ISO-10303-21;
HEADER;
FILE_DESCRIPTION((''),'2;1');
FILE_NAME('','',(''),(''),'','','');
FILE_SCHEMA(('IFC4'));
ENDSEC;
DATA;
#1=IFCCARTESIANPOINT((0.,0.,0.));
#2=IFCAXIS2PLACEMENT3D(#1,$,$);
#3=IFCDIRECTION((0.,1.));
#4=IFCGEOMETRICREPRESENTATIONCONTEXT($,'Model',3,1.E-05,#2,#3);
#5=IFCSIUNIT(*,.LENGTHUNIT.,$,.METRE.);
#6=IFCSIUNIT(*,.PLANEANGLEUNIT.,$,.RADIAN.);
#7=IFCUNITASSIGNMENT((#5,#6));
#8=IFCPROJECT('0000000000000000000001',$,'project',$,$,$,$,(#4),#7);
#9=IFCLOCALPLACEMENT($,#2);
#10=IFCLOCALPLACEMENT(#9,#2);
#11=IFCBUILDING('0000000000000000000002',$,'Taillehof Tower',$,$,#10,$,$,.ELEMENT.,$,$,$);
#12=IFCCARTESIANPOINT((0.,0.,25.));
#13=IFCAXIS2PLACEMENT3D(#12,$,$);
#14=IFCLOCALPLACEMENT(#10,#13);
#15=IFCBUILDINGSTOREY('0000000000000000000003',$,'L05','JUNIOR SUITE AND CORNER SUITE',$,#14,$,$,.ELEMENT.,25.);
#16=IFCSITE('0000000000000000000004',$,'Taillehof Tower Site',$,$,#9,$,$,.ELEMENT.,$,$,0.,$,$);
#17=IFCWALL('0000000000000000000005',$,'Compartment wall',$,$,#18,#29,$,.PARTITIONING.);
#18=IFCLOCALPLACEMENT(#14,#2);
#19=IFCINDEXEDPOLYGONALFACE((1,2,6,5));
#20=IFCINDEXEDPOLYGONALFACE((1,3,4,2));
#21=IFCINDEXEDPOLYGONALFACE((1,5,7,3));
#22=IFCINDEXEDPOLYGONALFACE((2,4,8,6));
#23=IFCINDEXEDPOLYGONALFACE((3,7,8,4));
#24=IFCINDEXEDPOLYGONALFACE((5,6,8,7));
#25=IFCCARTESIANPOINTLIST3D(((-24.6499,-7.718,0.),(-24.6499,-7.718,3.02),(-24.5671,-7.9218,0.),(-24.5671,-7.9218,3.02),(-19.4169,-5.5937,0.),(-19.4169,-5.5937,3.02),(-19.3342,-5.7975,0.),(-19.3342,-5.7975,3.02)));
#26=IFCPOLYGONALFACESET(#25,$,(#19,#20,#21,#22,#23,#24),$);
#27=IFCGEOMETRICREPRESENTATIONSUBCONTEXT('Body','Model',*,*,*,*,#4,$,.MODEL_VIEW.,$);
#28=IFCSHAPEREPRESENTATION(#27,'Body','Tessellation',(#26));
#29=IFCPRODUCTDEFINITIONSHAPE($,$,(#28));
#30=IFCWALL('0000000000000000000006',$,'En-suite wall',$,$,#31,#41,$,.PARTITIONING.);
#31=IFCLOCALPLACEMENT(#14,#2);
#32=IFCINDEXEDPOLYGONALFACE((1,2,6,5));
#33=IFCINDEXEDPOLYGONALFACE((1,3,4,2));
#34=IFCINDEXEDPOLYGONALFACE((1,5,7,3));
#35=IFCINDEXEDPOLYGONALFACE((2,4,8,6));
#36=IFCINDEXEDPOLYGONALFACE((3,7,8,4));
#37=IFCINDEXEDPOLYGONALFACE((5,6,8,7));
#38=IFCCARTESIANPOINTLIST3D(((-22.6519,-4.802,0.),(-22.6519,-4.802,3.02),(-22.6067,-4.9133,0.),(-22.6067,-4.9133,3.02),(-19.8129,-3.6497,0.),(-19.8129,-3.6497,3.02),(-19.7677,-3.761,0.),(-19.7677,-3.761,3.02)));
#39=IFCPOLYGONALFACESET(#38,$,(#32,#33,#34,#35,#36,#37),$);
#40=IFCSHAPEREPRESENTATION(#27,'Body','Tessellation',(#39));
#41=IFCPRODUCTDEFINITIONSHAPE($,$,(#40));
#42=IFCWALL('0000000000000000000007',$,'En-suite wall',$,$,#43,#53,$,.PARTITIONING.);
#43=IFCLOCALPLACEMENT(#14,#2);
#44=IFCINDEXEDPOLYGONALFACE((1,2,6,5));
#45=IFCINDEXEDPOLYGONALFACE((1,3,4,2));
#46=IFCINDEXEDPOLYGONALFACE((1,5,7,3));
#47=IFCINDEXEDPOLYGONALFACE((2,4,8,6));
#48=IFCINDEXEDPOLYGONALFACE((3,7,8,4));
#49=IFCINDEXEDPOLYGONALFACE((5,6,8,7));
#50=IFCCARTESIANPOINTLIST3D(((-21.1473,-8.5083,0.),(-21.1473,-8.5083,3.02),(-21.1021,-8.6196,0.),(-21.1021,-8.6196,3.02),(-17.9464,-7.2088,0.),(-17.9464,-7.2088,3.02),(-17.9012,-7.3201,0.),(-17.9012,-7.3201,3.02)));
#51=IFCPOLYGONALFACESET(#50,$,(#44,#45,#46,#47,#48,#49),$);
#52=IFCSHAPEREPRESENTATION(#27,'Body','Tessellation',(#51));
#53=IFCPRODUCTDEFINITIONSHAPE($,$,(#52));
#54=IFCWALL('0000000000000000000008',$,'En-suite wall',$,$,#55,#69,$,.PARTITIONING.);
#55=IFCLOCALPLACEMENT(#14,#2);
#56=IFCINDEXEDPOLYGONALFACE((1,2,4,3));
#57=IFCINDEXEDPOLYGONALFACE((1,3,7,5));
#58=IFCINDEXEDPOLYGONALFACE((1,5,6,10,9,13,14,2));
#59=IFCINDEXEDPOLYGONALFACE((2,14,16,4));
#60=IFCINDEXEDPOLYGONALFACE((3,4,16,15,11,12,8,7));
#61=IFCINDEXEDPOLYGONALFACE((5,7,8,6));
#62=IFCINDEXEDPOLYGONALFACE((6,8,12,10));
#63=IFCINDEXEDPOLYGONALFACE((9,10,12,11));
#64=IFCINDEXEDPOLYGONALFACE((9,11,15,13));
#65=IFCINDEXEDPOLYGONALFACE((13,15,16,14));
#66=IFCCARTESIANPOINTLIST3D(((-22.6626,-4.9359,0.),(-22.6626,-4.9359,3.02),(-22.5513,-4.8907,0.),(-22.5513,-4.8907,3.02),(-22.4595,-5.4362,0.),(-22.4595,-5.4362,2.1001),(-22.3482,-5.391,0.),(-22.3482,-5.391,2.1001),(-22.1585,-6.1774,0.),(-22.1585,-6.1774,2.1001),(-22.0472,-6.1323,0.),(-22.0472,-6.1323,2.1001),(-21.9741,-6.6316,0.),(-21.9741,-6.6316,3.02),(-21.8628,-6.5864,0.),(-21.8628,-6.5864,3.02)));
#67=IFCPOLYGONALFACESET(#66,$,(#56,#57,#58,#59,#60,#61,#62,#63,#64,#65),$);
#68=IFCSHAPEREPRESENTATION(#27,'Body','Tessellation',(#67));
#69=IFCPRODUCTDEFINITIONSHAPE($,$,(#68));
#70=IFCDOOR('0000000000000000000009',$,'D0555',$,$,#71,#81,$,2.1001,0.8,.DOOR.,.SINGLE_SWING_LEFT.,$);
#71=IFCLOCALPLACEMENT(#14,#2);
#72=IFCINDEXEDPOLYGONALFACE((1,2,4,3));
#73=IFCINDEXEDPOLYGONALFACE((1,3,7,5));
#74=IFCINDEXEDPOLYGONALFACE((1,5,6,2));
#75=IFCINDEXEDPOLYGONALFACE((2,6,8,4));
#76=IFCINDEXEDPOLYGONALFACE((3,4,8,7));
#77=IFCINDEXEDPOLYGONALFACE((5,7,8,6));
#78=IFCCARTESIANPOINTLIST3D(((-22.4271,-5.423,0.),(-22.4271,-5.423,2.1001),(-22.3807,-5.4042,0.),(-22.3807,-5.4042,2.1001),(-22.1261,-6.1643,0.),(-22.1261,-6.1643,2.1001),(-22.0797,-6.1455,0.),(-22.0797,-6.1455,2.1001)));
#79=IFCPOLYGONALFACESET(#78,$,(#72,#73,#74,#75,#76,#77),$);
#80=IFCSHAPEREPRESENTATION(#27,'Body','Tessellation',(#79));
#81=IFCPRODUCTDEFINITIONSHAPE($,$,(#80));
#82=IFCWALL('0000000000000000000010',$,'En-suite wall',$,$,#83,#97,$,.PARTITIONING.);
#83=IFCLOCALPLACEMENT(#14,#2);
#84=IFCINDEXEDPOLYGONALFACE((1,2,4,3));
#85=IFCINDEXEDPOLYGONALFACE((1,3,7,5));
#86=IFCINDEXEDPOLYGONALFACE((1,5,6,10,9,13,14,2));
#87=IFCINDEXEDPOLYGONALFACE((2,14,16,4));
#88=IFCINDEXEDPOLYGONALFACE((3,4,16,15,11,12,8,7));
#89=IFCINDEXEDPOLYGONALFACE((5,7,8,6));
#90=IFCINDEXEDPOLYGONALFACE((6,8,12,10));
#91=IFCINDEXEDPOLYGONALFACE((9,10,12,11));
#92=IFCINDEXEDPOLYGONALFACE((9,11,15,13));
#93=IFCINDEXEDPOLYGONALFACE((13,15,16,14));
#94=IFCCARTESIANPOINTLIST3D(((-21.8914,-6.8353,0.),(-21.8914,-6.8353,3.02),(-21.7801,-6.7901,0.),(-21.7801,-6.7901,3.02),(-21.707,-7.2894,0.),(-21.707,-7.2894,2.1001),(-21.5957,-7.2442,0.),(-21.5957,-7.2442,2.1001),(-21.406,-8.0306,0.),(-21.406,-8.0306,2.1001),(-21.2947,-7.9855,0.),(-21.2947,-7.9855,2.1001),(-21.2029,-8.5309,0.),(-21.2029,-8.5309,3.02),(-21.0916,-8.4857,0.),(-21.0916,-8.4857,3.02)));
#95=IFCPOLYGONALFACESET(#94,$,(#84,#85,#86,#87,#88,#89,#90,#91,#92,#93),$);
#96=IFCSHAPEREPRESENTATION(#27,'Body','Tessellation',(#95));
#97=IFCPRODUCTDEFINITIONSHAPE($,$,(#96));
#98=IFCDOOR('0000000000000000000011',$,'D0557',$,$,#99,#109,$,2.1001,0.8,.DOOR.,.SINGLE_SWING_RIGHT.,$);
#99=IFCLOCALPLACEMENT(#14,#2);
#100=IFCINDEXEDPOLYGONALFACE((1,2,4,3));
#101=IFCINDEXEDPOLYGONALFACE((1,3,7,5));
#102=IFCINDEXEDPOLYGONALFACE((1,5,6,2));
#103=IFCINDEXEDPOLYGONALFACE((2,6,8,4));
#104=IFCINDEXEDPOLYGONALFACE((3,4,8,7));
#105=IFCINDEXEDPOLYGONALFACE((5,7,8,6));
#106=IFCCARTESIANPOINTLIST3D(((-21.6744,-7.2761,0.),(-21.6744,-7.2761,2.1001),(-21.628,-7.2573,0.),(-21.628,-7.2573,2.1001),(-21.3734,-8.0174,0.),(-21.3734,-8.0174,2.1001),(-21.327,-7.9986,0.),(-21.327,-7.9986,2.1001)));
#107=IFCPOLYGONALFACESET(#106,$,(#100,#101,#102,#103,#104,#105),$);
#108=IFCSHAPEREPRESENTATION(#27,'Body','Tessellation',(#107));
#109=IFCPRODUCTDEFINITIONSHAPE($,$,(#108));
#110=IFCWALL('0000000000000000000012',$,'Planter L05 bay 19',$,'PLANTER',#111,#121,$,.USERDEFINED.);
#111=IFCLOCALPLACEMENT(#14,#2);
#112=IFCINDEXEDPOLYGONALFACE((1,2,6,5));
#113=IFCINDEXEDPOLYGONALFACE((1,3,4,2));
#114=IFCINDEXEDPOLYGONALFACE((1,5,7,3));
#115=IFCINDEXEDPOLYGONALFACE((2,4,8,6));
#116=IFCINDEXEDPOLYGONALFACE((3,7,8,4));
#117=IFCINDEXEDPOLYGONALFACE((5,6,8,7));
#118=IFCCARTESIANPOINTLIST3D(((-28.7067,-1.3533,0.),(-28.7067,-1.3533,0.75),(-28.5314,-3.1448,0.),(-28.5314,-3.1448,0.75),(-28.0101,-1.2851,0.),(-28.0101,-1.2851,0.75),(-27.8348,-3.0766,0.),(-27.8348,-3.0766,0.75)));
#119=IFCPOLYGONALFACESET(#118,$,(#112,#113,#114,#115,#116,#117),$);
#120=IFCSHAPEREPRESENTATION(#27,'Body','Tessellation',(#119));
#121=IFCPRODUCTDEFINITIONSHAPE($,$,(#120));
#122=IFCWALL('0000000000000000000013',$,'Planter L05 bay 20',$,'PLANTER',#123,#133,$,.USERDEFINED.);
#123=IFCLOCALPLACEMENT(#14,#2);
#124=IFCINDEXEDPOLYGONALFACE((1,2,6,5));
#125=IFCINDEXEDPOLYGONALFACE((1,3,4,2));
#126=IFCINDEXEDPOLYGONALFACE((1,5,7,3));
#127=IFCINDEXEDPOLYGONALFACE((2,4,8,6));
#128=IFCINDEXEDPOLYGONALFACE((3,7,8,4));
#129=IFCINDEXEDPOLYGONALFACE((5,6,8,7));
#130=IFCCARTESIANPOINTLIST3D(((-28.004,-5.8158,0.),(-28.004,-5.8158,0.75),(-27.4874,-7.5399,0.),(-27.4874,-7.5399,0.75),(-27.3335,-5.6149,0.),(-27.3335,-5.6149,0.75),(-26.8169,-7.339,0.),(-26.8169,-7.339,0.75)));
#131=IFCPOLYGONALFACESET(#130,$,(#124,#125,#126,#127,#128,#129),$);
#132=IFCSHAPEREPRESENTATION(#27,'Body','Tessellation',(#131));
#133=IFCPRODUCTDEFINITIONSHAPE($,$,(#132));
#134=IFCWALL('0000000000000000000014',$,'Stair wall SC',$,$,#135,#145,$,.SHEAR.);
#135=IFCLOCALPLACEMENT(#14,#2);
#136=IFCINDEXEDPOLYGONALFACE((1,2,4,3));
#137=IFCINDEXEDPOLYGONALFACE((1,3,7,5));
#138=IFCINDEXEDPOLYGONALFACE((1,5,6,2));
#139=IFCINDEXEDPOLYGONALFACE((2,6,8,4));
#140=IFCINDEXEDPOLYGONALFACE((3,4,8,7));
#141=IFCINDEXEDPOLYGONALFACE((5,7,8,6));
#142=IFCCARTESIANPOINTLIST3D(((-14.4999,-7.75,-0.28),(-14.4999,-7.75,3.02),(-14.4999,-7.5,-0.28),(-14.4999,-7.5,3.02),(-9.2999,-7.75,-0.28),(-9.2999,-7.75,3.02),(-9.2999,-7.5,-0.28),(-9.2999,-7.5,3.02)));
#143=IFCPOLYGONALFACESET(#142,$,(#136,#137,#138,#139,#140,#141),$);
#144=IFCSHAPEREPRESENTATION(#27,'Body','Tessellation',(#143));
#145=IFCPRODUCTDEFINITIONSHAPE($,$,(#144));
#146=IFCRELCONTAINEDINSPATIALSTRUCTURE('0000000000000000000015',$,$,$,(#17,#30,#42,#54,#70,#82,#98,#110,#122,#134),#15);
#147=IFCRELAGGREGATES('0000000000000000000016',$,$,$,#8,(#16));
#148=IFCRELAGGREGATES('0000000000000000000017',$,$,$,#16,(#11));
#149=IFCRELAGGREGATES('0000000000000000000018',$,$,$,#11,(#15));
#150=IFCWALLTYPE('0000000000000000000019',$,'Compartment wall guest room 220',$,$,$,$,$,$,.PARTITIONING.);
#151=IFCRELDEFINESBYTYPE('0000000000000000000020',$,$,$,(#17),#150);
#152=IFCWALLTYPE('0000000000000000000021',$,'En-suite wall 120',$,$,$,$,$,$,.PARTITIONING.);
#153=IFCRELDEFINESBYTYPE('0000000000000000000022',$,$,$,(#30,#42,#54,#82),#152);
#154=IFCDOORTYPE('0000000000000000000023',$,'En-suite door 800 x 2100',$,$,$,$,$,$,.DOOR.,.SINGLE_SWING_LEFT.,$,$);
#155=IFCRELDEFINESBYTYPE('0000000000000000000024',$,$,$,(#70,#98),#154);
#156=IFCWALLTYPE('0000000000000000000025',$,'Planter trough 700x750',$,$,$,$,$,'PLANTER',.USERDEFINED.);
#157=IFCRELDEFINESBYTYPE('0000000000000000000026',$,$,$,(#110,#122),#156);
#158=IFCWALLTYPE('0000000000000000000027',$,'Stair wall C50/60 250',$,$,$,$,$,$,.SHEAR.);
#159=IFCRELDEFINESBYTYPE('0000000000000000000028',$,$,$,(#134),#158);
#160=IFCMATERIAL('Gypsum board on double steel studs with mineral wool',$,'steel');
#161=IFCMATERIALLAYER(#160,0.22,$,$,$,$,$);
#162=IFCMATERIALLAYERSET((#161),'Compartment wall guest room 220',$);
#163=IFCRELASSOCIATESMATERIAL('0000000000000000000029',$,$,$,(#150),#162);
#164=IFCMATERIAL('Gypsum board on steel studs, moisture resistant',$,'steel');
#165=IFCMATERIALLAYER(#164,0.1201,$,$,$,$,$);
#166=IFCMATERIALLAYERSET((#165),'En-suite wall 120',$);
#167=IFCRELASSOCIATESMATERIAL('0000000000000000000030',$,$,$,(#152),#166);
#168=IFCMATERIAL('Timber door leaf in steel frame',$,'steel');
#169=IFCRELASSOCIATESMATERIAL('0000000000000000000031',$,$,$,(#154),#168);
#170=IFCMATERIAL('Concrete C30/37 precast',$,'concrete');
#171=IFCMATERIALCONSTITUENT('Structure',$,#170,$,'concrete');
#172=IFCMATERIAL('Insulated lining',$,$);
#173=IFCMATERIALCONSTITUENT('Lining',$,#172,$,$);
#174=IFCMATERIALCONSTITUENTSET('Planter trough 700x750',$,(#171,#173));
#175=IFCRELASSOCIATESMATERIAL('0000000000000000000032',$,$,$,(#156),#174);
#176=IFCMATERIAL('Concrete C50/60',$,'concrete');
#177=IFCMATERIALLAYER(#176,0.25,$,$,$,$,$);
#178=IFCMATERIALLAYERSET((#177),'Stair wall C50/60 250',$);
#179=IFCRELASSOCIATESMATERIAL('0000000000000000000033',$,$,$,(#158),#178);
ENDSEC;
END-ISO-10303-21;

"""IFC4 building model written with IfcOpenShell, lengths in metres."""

from ifc_helpers import new_model, si_unit, direction, frame, frame_2d, origin, place, context, subcontext, project, spatial, rectangle, extrude, material, layer, layer_set, constituent, constituent_set, type_object, element, fill, save


model = new_model("IFC4")

# Units and contexts
model_context = context("Model", 3, precision=1e-05, world=origin(), true_north=direction((0.0, 1.0)))
body_context = subcontext(model_context, "Body", "Model", "MODEL_VIEW")
ifc_project = project(units=[si_unit("LENGTHUNIT", "METRE"), si_unit("PLANEANGLEUNIT", "RADIAN")], contexts=[model_context])

# Site, building, storey
site_placement = place(None, origin())
site = spatial("IfcSite", under=ifc_project, at=site_placement, Name="Taillehof Tower Site", CompositionType="ELEMENT", RefElevation=0.0)
building_placement = place(site_placement, origin())
building = spatial("IfcBuilding", under=site, at=building_placement, Name="Taillehof Tower", CompositionType="ELEMENT")
storey_placement = place(building_placement, frame((0.0, 0.0, 25.0)))
storey = spatial("IfcBuildingStorey", under=building, at=storey_placement, Name="L05", Description="JUNIOR SUITE AND CORNER SUITE", CompositionType="ELEMENT", Elevation=25.0)

# Walls
ifc_material_1 = material(Name="Gypsum board on double steel studs with mineral wool", Category="steel")
ifc_layer_1 = layer(ifc_material_1, 0.22)
ifc_layer_set_1 = layer_set([ifc_layer_1], Name="Compartment wall guest room 220")
wall_type_1 = type_object("IfcWallType", Name="Compartment wall guest room 220", PredefinedType="PARTITIONING", material=ifc_layer_set_1)
wall_1_placement = place(storey_placement, frame((-24.6084, -7.8198, 0.0), z_axis=(0.0, 0.0, 1.0), x_axis=(0.926565, 0.376134, 0.0)))
element("IfcWall", 1, at=wall_1_placement, inside=storey, type_object=wall_type_1, Name="Compartment wall", PredefinedType="PARTITIONING", context=body_context, shape_type="SweptSolid", body=[
    extrude(rectangle(XDim=5.6477, YDim=0.22, at=frame_2d((2.8237, 0.0))), origin(), (0.0, 0.0, 1.0), 3.02),
])
ifc_material_2 = material(Name="Gypsum board on steel studs, moisture resistant", Category="steel")
ifc_layer_2 = layer(ifc_material_2, 0.1201)
ifc_layer_set_2 = layer_set([ifc_layer_2], Name="En-suite wall 120")
wall_type_2 = type_object("IfcWallType", Name="En-suite wall 120", PredefinedType="PARTITIONING", material=ifc_layer_set_2)
wall_2_placement = place(storey_placement, frame((-19.7903, -3.7053, 0.0), z_axis=(0.0, 0.0, 1.0), x_axis=(-0.926585, -0.376084, 0.0)))
element("IfcWall", 2, at=wall_2_placement, inside=storey, type_object=wall_type_2, Name="En-suite wall", PredefinedType="PARTITIONING", context=body_context, shape_type="SweptSolid", body=[
    extrude(rectangle(XDim=3.064, YDim=0.1201, at=frame_2d((1.532, 0.0))), origin(), (0.0, 0.0, 1.0), 3.02),
])
wall_3_placement = place(storey_placement, frame((-17.9238, -7.2644, 0.0), z_axis=(0.0, 0.0, 1.0), x_axis=(-0.926549, -0.376174, 0.0)))
element("IfcWall", 3, at=wall_3_placement, inside=storey, type_object=wall_type_2, Name="En-suite wall", PredefinedType="PARTITIONING", context=body_context, shape_type="SweptSolid", body=[
    extrude(rectangle(XDim=3.4546, YDim=0.1201, at=frame_2d((1.7273, 0.0))), origin(), (0.0, 0.0, 1.0), 3.02),
])

# Walls, openings, doors
wall_4_placement = place(storey_placement, frame((-22.6069, -4.9133, 0.0), z_axis=(0.0, 0.0, 1.0), x_axis=(0.376216, -0.926532, 0.0)))
wall_4 = element("IfcWall", 4, at=wall_4_placement, inside=storey, type_object=wall_type_2, Name="En-suite wall", PredefinedType="PARTITIONING", context=body_context, shape_type="SweptSolid", body=[
    extrude(rectangle(XDim=1.8301, YDim=0.1201, at=frame_2d((0.915, 0.0))), origin(), (0.0, 0.0, 1.0), 3.02),
])
opening_1_placement = place(wall_4_placement, frame((0.54, 0.0, 0.0)))
opening_1 = element("IfcOpeningElement", 5, at=opening_1_placement, cuts=wall_4, PredefinedType="OPENING", context=body_context, shape_type="SweptSolid", body=[
    extrude(rectangle(XDim=0.8, YDim=2.1001, at=frame_2d((0.3999, 1.05))), frame((0.0, 0.0701, 0.0), z_axis=(0.0, -1.0, 0.0), x_axis=(1.0, 0.0, 0.0)), (0.0, 0.0, 1.0), 0.1401),
])
ifc_material_3 = material(Name="Timber door leaf in steel frame", Category="steel")
door_type_1 = type_object("IfcDoorType", Name="En-suite door 800 x 2100", OperationType="SINGLE_SWING_LEFT", PredefinedType="DOOR", material=ifc_material_3)
door_1_placement = place(opening_1_placement, origin())
door_1 = element("IfcDoor", 6, at=door_1_placement, inside=storey, type_object=door_type_1, Name="D0555", OperationType="SINGLE_SWING_LEFT", OverallHeight=2.1001, OverallWidth=0.8, PredefinedType="DOOR", context=body_context, shape_type="SweptSolid", body=[
    extrude(rectangle(XDim=0.8, YDim=2.1001, at=frame_2d((0.3999, 1.05))), frame((0.0, 0.0249, 0.0), z_axis=(0.0, -1.0, 0.0), x_axis=(1.0, 0.0, 0.0)), (0.0, 0.0, 1.0), 0.05),
])
fill(opening_1, door_1)
wall_5_placement = place(storey_placement, frame((-21.1472, -8.5083, 0.0), z_axis=(0.0, 0.0, 1.0), x_axis=(-0.376216, 0.926532, 0.0)))
wall_5 = element("IfcWall", 7, at=wall_5_placement, inside=storey, type_object=wall_type_2, Name="En-suite wall", PredefinedType="PARTITIONING", context=body_context, shape_type="SweptSolid", body=[
    extrude(rectangle(XDim=1.8301, YDim=0.1201, at=frame_2d((0.915, 0.0))), origin(), (0.0, 0.0, 1.0), 3.02),
])
opening_2_placement = place(wall_5_placement, frame((0.54, 0.0, 0.0)))
opening_2 = element("IfcOpeningElement", 8, at=opening_2_placement, cuts=wall_5, PredefinedType="OPENING", context=body_context, shape_type="SweptSolid", body=[
    extrude(rectangle(XDim=0.8, YDim=2.1001, at=frame_2d((0.3999, 1.05))), frame((0.0, 0.0701, 0.0), z_axis=(0.0, -1.0, 0.0), x_axis=(1.0, 0.0, 0.0)), (0.0, 0.0, 1.0), 0.1401),
])
door_2_placement = place(opening_2_placement, origin())
door_2 = element("IfcDoor", 9, at=door_2_placement, inside=storey, type_object=door_type_1, Name="D0557", OperationType="SINGLE_SWING_RIGHT", OverallHeight=2.1001, OverallWidth=0.8, PredefinedType="DOOR", context=body_context, shape_type="SweptSolid", body=[
    extrude(rectangle(XDim=0.8, YDim=2.1001, at=frame_2d((0.3999, 1.05))), frame((0.0, 0.0249, 0.0), z_axis=(0.0, -1.0, 0.0), x_axis=(1.0, 0.0, 0.0)), (0.0, 0.0, 1.0), 0.05),
])
fill(opening_2, door_2)

# Walls
ifc_material_4 = material(Name="Concrete C30/37 precast", Category="concrete")
ifc_constituent_1 = constituent(ifc_material_4, Name="Structure", Category="concrete")
ifc_material_5 = material(Name="Insulated lining")
ifc_constituent_2 = constituent(ifc_material_5, Name="Lining")
ifc_constituent_set = constituent_set(constituents=[ifc_constituent_1, ifc_constituent_2], Name="Planter trough 700x750")
wall_type_3 = type_object("IfcWallType", Name="Planter trough 700x750", ElementType="PLANTER", PredefinedType="USERDEFINED", material=ifc_constituent_set)
wall_6_placement = place(storey_placement, frame((-28.3584, -1.3193, 0.0), z_axis=(0.0, 0.0, 1.0), x_axis=(0.097382, -0.995247, 0.0)))
element("IfcWall", 10, at=wall_6_placement, inside=storey, type_object=wall_type_3, Name="Planter L05 bay 19", ObjectType="PLANTER", PredefinedType="USERDEFINED", context=body_context, shape_type="SweptSolid", body=[
    extrude(rectangle(XDim=1.8, YDim=0.7, at=frame_2d((0.8999, 0.0))), origin(), (0.0, 0.0, 1.0), 0.75),
])
wall_7_placement = place(storey_placement, frame((-27.6687, -5.7153, 0.0), z_axis=(0.0, 0.0, 1.0), x_axis=(0.287024, -0.957923, 0.0)))
element("IfcWall", 11, at=wall_7_placement, inside=storey, type_object=wall_type_3, Name="Planter L05 bay 20", ObjectType="PLANTER", PredefinedType="USERDEFINED", context=body_context, shape_type="SweptSolid", body=[
    extrude(rectangle(XDim=1.7998, YDim=0.7, at=frame_2d((0.8999, 0.0))), origin(), (0.0, 0.0, 1.0), 0.75),
])
ifc_material_6 = material(Name="Concrete C50/60", Category="concrete")
ifc_layer_3 = layer(ifc_material_6, 0.25)
ifc_layer_set_3 = layer_set([ifc_layer_3], Name="Stair wall C50/60 250")
wall_type_4 = type_object("IfcWallType", Name="Stair wall C50/60 250", PredefinedType="SHEAR", material=ifc_layer_set_3)
wall_8_placement = place(storey_placement, frame((-14.5, -7.625, -0.28), z_axis=(0.0, 0.0, 1.0), x_axis=(1.0, 0.0, 0.0)))
element("IfcWall", 12, at=wall_8_placement, inside=storey, type_object=wall_type_4, Name="Stair wall SC", PredefinedType="SHEAR", context=body_context, shape_type="SweptSolid", body=[
    extrude(rectangle(XDim=5.2, YDim=0.25, at=frame_2d((2.6001, 0.0))), origin(), (0.0, 0.0, 1.0), 3.3),
])

save(model, "model.ifc")
